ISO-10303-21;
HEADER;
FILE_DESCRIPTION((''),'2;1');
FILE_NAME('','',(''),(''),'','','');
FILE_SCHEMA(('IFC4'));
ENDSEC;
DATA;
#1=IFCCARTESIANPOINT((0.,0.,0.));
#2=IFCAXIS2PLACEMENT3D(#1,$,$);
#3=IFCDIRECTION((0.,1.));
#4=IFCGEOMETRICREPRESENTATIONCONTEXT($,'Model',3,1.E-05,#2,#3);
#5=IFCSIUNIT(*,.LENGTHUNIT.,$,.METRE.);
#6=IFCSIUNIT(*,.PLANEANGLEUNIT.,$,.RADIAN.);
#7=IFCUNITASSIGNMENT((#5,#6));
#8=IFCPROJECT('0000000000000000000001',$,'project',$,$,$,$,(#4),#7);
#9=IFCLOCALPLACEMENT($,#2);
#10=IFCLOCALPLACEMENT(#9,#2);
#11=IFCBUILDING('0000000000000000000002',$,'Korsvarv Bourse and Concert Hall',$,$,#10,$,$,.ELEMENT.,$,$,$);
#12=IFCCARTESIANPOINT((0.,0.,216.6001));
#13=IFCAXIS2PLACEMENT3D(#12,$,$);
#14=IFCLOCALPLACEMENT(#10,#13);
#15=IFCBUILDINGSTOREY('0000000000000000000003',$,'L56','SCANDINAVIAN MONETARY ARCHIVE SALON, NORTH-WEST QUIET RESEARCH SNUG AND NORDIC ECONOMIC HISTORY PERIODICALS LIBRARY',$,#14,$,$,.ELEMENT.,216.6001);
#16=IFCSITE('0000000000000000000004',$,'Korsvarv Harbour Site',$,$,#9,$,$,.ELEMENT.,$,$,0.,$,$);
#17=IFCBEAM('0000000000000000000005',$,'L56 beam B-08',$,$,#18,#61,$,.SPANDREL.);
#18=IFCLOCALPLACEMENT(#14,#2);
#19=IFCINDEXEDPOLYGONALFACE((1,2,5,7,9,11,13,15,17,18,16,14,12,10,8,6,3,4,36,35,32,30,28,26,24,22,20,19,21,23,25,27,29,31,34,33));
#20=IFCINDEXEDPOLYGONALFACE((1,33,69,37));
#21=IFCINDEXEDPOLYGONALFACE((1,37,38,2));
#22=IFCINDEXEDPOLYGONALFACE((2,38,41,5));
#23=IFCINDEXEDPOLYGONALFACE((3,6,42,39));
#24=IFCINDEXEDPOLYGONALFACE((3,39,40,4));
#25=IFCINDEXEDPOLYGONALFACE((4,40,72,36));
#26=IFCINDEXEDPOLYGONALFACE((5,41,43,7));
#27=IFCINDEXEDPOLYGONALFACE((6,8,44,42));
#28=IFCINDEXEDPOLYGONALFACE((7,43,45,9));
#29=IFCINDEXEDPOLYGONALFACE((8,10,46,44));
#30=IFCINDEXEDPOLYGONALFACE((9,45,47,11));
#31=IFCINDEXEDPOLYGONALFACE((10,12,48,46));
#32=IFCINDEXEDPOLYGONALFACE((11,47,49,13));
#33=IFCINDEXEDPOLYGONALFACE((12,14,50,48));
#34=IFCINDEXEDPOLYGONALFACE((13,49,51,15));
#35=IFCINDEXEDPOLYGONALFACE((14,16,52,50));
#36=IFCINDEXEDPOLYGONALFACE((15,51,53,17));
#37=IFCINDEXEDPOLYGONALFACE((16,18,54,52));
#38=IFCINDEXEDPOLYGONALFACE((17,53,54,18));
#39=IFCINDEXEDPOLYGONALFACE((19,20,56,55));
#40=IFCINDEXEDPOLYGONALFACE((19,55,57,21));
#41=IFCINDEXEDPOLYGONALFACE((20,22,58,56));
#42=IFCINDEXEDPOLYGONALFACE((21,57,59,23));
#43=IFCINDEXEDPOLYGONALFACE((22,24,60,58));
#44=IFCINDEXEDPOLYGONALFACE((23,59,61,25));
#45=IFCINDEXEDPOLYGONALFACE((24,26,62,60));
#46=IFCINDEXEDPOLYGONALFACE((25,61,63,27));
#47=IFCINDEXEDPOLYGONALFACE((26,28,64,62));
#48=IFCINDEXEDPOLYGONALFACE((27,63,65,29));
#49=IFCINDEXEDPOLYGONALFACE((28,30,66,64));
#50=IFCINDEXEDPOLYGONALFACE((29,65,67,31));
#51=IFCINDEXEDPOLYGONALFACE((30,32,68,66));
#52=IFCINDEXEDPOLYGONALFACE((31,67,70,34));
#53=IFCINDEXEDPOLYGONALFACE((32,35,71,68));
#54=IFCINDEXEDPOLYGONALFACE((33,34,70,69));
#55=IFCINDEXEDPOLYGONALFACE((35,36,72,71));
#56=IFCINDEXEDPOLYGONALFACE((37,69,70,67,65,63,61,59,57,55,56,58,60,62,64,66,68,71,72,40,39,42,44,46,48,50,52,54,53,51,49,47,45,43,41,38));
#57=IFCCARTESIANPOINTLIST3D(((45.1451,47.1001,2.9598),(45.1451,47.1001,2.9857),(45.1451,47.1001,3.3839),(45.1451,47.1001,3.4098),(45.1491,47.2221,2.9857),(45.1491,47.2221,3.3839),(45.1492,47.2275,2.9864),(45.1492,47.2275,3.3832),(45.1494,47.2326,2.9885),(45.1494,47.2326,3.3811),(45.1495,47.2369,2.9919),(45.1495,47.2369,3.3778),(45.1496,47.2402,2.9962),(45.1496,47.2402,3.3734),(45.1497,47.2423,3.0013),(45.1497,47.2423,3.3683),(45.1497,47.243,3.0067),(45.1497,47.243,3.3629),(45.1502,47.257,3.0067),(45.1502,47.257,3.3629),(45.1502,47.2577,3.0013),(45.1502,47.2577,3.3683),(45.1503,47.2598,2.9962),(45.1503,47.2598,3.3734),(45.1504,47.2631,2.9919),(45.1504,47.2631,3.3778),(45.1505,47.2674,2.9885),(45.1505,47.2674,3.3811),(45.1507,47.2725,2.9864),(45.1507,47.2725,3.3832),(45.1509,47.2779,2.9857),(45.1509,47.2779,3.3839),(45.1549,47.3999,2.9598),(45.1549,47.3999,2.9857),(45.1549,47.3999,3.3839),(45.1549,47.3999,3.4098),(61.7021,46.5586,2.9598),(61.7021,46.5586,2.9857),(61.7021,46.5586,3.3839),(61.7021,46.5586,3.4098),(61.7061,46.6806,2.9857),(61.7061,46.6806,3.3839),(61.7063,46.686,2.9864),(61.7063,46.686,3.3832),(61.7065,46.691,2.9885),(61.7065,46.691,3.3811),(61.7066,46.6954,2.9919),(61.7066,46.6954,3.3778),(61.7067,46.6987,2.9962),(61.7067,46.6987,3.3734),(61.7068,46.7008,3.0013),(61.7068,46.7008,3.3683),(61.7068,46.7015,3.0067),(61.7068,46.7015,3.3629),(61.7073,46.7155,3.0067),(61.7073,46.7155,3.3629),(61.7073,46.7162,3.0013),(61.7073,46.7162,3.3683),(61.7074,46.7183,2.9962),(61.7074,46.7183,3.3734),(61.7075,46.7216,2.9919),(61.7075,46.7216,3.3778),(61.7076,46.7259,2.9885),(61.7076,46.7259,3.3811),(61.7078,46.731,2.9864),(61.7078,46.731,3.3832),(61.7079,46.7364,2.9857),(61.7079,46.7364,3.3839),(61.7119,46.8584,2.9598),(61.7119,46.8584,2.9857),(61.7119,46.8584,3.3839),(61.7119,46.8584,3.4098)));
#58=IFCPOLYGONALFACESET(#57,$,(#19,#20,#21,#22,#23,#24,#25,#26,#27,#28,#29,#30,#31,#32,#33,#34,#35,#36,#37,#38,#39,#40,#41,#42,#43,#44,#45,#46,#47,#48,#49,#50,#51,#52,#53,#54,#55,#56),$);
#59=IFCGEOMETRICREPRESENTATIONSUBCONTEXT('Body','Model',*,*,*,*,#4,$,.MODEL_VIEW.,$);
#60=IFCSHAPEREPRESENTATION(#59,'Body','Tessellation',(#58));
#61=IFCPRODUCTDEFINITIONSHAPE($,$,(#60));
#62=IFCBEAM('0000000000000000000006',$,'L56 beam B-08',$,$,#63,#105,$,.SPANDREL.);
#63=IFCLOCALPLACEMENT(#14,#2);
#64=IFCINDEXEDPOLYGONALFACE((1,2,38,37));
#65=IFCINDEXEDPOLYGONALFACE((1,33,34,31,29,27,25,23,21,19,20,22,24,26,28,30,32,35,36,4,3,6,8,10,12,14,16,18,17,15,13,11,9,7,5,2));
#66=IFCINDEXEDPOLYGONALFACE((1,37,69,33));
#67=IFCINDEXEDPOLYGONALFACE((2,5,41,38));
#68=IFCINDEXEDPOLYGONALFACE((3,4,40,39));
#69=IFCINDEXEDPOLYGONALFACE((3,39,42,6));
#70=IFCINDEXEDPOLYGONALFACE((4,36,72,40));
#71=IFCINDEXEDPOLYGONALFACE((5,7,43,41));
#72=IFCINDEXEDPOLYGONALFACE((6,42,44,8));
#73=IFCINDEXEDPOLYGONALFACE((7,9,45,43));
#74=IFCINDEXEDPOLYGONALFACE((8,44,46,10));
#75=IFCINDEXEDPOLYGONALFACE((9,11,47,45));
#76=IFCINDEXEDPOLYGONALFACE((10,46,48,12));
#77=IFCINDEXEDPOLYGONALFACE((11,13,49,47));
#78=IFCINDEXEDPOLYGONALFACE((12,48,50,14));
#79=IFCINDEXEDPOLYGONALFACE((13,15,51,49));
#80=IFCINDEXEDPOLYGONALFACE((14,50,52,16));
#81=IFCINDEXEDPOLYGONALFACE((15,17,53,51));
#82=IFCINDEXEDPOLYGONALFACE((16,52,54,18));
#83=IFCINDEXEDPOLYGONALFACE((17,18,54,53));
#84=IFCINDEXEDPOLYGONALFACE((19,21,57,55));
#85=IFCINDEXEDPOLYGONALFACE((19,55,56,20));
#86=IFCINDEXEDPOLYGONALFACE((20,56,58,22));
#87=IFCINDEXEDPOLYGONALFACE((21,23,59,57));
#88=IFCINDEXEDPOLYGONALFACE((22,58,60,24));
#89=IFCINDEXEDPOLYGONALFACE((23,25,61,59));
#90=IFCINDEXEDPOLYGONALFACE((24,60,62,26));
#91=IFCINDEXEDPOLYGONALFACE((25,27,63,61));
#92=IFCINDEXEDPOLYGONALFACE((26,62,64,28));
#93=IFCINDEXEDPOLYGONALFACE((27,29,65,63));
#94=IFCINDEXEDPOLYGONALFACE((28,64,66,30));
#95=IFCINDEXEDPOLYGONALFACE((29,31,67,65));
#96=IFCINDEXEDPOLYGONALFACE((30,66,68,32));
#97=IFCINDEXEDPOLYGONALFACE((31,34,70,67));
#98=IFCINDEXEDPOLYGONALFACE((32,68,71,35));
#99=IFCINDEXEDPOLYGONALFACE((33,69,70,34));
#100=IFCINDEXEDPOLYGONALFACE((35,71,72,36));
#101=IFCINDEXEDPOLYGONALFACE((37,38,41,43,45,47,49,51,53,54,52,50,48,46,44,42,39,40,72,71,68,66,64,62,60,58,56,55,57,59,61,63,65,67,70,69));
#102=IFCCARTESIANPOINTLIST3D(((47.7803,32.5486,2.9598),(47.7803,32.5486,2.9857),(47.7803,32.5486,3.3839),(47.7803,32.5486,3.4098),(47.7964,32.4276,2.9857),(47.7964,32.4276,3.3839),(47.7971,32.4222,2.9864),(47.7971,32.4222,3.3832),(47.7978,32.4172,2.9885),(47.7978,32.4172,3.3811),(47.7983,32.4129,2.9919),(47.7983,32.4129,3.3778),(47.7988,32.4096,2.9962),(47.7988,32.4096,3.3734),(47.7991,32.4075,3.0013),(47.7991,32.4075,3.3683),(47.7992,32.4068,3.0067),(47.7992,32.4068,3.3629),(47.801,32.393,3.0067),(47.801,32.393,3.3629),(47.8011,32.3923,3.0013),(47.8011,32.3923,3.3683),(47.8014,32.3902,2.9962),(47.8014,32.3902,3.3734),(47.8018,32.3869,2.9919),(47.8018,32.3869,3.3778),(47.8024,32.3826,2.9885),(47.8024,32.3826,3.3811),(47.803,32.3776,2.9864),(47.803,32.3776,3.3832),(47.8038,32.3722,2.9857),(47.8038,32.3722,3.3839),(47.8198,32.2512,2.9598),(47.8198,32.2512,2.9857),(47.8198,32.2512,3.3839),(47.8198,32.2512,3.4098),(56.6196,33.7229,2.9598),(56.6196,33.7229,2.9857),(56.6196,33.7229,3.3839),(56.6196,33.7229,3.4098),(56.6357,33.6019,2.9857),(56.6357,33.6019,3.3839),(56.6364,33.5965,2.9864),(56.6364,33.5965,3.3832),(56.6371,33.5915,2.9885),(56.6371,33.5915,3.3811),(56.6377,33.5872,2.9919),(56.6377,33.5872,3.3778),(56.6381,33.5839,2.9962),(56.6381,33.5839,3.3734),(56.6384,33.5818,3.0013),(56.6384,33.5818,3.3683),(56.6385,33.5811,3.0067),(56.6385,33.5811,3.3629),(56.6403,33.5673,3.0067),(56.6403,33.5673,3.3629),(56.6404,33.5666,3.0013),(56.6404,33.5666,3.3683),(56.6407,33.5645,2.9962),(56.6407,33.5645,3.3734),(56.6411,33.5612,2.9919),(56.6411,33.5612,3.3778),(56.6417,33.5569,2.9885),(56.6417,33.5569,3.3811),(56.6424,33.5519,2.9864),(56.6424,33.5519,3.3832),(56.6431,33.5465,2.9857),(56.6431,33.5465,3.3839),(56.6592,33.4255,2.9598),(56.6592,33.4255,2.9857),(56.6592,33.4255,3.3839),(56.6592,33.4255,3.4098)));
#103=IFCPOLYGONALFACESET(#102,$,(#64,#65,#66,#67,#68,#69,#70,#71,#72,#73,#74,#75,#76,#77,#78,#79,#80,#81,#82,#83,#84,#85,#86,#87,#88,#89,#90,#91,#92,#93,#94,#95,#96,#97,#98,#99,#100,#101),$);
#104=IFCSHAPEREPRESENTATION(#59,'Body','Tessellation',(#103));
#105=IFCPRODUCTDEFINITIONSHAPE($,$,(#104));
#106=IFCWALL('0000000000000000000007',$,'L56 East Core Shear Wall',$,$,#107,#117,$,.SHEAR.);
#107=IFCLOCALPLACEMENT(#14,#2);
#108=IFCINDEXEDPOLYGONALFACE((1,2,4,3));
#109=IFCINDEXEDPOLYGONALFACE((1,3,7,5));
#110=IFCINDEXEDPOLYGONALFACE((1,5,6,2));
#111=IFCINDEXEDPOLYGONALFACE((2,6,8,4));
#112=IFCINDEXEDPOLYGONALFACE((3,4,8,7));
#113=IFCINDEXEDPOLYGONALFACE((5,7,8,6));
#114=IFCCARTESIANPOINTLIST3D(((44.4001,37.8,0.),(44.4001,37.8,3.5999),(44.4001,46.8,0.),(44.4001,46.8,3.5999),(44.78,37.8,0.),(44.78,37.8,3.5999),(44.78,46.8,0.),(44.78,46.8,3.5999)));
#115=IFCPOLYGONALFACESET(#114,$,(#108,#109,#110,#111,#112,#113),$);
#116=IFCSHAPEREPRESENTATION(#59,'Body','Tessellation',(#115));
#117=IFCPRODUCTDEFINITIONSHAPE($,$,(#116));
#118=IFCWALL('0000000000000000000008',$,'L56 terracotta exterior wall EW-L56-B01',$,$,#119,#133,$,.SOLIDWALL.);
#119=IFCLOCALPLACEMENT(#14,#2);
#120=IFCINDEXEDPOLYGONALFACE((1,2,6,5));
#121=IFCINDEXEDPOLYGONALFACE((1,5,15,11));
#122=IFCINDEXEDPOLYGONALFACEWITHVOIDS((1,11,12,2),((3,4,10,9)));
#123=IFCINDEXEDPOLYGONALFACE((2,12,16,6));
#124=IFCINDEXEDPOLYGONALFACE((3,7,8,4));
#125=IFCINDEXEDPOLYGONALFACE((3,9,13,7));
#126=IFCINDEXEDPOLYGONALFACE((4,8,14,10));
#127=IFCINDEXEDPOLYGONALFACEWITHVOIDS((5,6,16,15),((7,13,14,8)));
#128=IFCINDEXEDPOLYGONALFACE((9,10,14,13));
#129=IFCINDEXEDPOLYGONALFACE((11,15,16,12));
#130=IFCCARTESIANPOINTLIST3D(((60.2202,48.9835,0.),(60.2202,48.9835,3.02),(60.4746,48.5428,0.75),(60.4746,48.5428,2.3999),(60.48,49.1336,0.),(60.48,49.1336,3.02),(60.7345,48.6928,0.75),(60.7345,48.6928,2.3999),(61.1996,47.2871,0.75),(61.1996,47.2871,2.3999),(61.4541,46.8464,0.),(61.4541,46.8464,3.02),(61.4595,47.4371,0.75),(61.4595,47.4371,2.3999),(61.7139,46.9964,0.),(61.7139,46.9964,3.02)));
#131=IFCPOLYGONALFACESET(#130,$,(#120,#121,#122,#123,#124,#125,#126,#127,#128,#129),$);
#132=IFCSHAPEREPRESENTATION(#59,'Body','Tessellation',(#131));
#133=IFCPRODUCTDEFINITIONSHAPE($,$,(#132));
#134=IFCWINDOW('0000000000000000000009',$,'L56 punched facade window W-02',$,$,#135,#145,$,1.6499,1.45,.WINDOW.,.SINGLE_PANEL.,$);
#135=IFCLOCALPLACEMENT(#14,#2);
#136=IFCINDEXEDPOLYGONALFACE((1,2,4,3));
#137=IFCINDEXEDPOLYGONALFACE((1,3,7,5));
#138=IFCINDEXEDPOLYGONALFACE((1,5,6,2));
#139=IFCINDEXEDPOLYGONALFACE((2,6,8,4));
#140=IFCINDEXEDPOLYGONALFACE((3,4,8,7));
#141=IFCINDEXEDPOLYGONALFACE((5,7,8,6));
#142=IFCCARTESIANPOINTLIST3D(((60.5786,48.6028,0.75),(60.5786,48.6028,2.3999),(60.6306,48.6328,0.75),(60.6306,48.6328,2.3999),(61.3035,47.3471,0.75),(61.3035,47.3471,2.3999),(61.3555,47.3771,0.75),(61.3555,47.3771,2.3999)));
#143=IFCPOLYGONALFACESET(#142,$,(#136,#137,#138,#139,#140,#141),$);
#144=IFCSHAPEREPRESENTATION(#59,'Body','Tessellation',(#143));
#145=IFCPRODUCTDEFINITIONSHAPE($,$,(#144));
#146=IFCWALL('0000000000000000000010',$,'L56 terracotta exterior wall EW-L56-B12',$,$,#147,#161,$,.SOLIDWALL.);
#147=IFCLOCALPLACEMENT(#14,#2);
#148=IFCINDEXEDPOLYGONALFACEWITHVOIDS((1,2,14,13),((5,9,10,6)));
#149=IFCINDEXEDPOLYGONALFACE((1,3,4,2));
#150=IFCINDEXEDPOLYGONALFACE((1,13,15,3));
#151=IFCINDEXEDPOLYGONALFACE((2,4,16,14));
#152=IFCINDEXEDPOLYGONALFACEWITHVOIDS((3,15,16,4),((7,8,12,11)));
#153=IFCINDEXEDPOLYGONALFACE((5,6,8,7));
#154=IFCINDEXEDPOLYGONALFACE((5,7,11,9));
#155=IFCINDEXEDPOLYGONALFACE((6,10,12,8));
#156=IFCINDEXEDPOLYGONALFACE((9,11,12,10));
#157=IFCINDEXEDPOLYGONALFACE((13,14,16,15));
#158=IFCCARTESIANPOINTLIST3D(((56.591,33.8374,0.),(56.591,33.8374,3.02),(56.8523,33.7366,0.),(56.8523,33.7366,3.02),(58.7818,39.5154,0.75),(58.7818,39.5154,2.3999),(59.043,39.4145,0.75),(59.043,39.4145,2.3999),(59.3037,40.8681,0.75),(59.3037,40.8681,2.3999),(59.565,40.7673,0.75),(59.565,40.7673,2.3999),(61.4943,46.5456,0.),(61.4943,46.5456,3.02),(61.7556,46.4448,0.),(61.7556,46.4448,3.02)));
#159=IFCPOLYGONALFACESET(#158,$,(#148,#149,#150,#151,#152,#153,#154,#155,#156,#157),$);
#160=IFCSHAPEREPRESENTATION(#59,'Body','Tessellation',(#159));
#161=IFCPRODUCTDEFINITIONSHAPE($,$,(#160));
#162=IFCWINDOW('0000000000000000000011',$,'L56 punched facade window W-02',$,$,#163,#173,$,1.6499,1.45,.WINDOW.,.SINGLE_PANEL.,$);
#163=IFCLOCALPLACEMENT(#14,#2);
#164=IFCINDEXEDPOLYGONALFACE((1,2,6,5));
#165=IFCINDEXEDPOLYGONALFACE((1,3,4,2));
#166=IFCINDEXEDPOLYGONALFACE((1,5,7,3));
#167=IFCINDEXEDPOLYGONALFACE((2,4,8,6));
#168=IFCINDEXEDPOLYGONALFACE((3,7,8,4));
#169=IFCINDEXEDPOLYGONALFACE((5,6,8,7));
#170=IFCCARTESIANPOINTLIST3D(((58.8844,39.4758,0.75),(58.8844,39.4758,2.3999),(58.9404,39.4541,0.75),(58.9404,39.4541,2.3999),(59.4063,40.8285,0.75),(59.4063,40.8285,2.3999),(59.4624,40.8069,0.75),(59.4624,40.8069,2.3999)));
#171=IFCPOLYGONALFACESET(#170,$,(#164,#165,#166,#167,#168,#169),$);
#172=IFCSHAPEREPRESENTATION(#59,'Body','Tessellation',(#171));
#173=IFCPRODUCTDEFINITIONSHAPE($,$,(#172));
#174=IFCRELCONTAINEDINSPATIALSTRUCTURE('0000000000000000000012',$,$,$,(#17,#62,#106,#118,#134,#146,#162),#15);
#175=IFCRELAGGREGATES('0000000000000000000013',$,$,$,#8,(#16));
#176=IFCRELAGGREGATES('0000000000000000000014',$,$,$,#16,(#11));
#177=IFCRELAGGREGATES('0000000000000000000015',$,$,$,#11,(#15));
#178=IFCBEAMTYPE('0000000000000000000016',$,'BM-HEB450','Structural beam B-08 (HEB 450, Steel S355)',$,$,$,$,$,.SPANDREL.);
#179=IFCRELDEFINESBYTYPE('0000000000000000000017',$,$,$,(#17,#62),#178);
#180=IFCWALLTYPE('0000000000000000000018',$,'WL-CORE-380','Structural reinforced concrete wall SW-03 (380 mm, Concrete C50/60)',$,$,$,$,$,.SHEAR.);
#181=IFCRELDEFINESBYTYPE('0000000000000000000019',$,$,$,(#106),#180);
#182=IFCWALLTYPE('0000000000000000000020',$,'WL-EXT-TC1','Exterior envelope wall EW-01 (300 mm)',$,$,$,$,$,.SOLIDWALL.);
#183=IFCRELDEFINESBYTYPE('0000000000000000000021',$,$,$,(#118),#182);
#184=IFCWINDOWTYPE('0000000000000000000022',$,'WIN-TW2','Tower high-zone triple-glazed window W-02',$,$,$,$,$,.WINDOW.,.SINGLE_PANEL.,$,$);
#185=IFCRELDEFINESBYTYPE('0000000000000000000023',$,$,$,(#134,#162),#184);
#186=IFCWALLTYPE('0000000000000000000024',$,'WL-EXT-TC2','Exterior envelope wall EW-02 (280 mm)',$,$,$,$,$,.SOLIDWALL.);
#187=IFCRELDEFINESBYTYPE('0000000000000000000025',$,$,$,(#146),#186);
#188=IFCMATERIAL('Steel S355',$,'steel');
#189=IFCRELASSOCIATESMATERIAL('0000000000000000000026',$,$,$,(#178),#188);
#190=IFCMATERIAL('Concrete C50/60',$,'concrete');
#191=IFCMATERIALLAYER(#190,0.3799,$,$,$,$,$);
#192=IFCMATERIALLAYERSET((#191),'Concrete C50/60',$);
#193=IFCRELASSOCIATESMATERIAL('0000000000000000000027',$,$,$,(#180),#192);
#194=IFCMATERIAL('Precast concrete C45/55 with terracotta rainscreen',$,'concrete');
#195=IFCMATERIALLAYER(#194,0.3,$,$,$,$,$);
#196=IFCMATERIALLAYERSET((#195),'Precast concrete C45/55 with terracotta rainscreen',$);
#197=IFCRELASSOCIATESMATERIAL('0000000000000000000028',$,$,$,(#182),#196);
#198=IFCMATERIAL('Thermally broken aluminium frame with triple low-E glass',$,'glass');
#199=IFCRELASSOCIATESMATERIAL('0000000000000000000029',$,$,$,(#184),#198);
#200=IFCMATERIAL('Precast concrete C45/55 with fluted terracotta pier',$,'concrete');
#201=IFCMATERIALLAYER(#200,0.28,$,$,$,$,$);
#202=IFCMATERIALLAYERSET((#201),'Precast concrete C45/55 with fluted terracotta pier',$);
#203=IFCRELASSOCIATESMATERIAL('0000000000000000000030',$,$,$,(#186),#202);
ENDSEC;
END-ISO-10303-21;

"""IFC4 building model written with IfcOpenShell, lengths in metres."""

from ifc_helpers import new_model, si_unit, direction, frame, frame_2d, origin, origin_2d, place, context, subcontext, project, spatial, rectangle, i_section, extrude, source, transform, mapped, material, layer, layer_set, material_profile, profile_set, type_object, element, fill, save


model = new_model("IFC4")

# Units and contexts
model_context = context("Model", 3, precision=1e-05, world=origin(), true_north=direction((0.0, 1.0)))
body_context = subcontext(model_context, "Body", "Model", "MODEL_VIEW")
ifc_project = project(units=[si_unit("LENGTHUNIT", "METRE"), si_unit("PLANEANGLEUNIT", "RADIAN")], contexts=[model_context])

# Site, building, storey
site_placement = place(None, origin())
site = spatial("IfcSite", under=ifc_project, at=site_placement, Name="Korsvarv Harbour Site", CompositionType="ELEMENT", RefElevation=0.0)
building_placement = place(site_placement, origin())
building = spatial("IfcBuilding", under=site, at=building_placement, Name="Korsvarv Bourse and Concert Hall", CompositionType="ELEMENT")
storey_placement = place(building_placement, frame((0.0, 0.0, 216.6001)))
storey = spatial("IfcBuildingStorey", under=building, at=storey_placement, Name="L56", Description="SCANDINAVIAN MONETARY ARCHIVE SALON, NORTH-WEST QUIET RESEARCH SNUG AND NORDIC ECONOMIC HISTORY PERIODICALS LIBRARY", CompositionType="ELEMENT", Elevation=216.6001)

# Shared definitions
ifc_material_1 = material(Name="Steel S355", Category="steel")

# Beams
ifc_material_profile_1 = material_profile(ifc_material_1, i_section(OverallWidth=0.3, OverallDepth=0.45, WebThickness=0.0139, FlangeThickness=0.0259, FilletRadius=0.021, at=origin_2d()), Name="HEB 450")
ifc_profile_set_1 = profile_set([ifc_material_profile_1], Name="Steel S355")
beam_type_1 = type_object("IfcBeamType", Name="BM-HEB450", Description="Structural beam B-08 (HEB 450, Steel S355)", PredefinedType="SPANDREL", material=ifc_profile_set_1)
shared_shape_1 = source(origin(), body_context, "Body", "SweptSolid", [
    extrude(i_section(OverallWidth=0.3, OverallDepth=0.45, WebThickness=0.0139, FlangeThickness=0.0259, FilletRadius=0.021, at=origin_2d()), origin(), (0.0, 0.0, 1.0), 16.5659),
])
beam_1_placement = place(storey_placement, frame((61.707, 46.7085, 3.1848), z_axis=(-0.999466, 0.032688, 0.0), x_axis=(-0.032688, -0.999466, 0.0)))
element("IfcBeam", 1, at=beam_1_placement, inside=storey, type_object=beam_type_1, Name="L56 beam B-08", PredefinedType="SPANDREL", context=body_context, shape_type="MappedRepresentation", body=[
    mapped(shared_shape_1, transform((0.0, 0.0, 0.0), scale=1.0)),
])
shared_shape_2 = source(origin(), body_context, "Body", "SweptSolid", [
    extrude(i_section(OverallWidth=0.3, OverallDepth=0.45, WebThickness=0.0139, FlangeThickness=0.0259, FilletRadius=0.021, at=origin_2d()), origin(), (0.0, 0.0, 1.0), 8.917),
])
beam_2_placement = place(storey_placement, frame((56.6394, 33.5742, 3.1848), z_axis=(-0.99129, -0.131694, 0.0), x_axis=(0.131694, -0.99129, 0.0)))
element("IfcBeam", 2, at=beam_2_placement, inside=storey, type_object=beam_type_1, Name="L56 beam B-08", PredefinedType="SPANDREL", context=body_context, shape_type="MappedRepresentation", body=[
    mapped(shared_shape_2, transform((0.0, 0.0, 0.0), scale=1.0)),
])

# Wall
ifc_material_2 = material(Name="Concrete C50/60", Category="concrete")
ifc_layer_1 = layer(ifc_material_2, 0.3799)
ifc_layer_set_1 = layer_set([ifc_layer_1], Name="Concrete C50/60")
wall_type_1 = type_object("IfcWallType", Name="WL-CORE-380", Description="Structural reinforced concrete wall SW-03 (380 mm, Concrete C50/60)", PredefinedType="SHEAR", material=ifc_layer_set_1)
wall_1_placement = place(storey_placement, frame((44.5901, 37.8, 0.0), z_axis=(0.0, 0.0, 1.0), x_axis=(0.0, 1.0, 0.0)))
element("IfcWall", 3, at=wall_1_placement, inside=storey, type_object=wall_type_1, Name="L56 East Core Shear Wall", PredefinedType="SHEAR", context=body_context, shape_type="SweptSolid", body=[
    extrude(rectangle(XDim=9.0, YDim=0.3799, at=frame_2d((4.5, 0.0))), origin(), (0.0, 0.0, 1.0), 3.5999),
])

# Walls, openings, windows
ifc_material_3 = material(Name="Precast concrete C45/55 with terracotta rainscreen", Category="concrete")
ifc_layer_2 = layer(ifc_material_3, 0.3)
ifc_layer_set_2 = layer_set([ifc_layer_2], Name="Precast concrete C45/55 with terracotta rainscreen")
wall_type_2 = type_object("IfcWallType", Name="WL-EXT-TC1", Description="Exterior envelope wall EW-01 (300 mm)", PredefinedType="SOLIDWALL", material=ifc_layer_set_2)
wall_2_placement = place(storey_placement, frame((61.584, 46.9214, 0.0), z_axis=(0.0, 0.0, 1.0), x_axis=(-0.499991, 0.866031, 0.0)))
wall_2 = element("IfcWall", 4, at=wall_2_placement, inside=storey, type_object=wall_type_2, Name="L56 terracotta exterior wall EW-L56-B01", PredefinedType="SOLIDWALL", context=body_context, shape_type="SweptSolid", body=[
    extrude(rectangle(XDim=2.4678, YDim=0.3, at=frame_2d((1.2339, 0.0))), origin(), (0.0, 0.0, 1.0), 3.02),
])
opening_1_placement = place(wall_2_placement, frame((0.5088, 0.0, 0.75)))
opening_1 = element("IfcOpeningElement", 5, at=opening_1_placement, cuts=wall_2, PredefinedType="OPENING", context=body_context, shape_type="SweptSolid", body=[
    extrude(rectangle(XDim=1.45, YDim=1.6499, at=frame_2d((0.7251, 0.825))), frame((0.0, 0.1602, 0.0), z_axis=(0.0, -1.0, 0.0), x_axis=(1.0, 0.0, 0.0)), (0.0, 0.0, 1.0), 0.3201),
])
ifc_material_4 = material(Name="Thermally broken aluminium frame with triple low-E glass", Category="glass")
window_type = type_object("IfcWindowType", Name="WIN-TW2", Description="Tower high-zone triple-glazed window W-02", PartitioningType="SINGLE_PANEL", PredefinedType="WINDOW", material=ifc_material_4)
window_1_placement = place(opening_1_placement, origin())
window_1 = element("IfcWindow", 6, at=window_1_placement, inside=storey, type_object=window_type, Name="L56 punched facade window W-02", OverallHeight=1.6499, OverallWidth=1.45, PartitioningType="SINGLE_PANEL", PredefinedType="WINDOW", context=body_context, shape_type="SweptSolid", body=[
    extrude(rectangle(XDim=1.45, YDim=1.6499, at=frame_2d((0.7251, 0.825))), frame((0.0, 0.03, 0.0), z_axis=(0.0, -1.0, 0.0), x_axis=(1.0, 0.0, 0.0)), (0.0, 0.0, 1.0), 0.0601),
])
fill(opening_1, window_1)
ifc_material_5 = material(Name="Precast concrete C45/55 with fluted terracotta pier", Category="concrete")
ifc_layer_3 = layer(ifc_material_5, 0.28)
ifc_layer_set_3 = layer_set([ifc_layer_3], Name="Precast concrete C45/55 with fluted terracotta pier")
wall_type_3 = type_object("IfcWallType", Name="WL-EXT-TC2", Description="Exterior envelope wall EW-02 (280 mm)", PredefinedType="SOLIDWALL", material=ifc_layer_set_3)
wall_3_placement = place(storey_placement, frame((56.7217, 33.7871, 0.0), z_axis=(0.0, 0.0, 1.0), x_axis=(0.359972, 0.932963, 0.0)))
wall_3 = element("IfcWall", 7, at=wall_3_placement, inside=storey, type_object=wall_type_3, Name="L56 terracotta exterior wall EW-L56-B12", PredefinedType="SOLIDWALL", context=body_context, shape_type="SweptSolid", body=[
    extrude(rectangle(XDim=13.6213, YDim=0.28, at=frame_2d((6.8105, 0.0))), origin(), (0.0, 0.0, 1.0), 3.02),
])
opening_2_placement = place(wall_3_placement, frame((6.0857, 0.0, 0.75)))
opening_2 = element("IfcOpeningElement", 8, at=opening_2_placement, cuts=wall_3, PredefinedType="OPENING", context=body_context, shape_type="SweptSolid", body=[
    extrude(rectangle(XDim=1.45, YDim=1.6499, at=frame_2d((0.7251, 0.825))), frame((0.0, 0.1499, 0.0), z_axis=(0.0, -1.0, 0.0), x_axis=(1.0, 0.0, 0.0)), (0.0, 0.0, 1.0), 0.3),
])
window_2_placement = place(opening_2_placement, origin())
window_2 = element("IfcWindow", 9, at=window_2_placement, inside=storey, type_object=window_type, Name="L56 punched facade window W-02", OverallHeight=1.6499, OverallWidth=1.45, PartitioningType="SINGLE_PANEL", PredefinedType="WINDOW", context=body_context, shape_type="SweptSolid", body=[
    extrude(rectangle(XDim=1.45, YDim=1.6499, at=frame_2d((0.7251, 0.825))), frame((0.0, 0.03, 0.0), z_axis=(0.0, -1.0, 0.0), x_axis=(1.0, 0.0, 0.0)), (0.0, 0.0, 1.0), 0.0601),
])
fill(opening_2, window_2)

save(model, "model.ifc")
